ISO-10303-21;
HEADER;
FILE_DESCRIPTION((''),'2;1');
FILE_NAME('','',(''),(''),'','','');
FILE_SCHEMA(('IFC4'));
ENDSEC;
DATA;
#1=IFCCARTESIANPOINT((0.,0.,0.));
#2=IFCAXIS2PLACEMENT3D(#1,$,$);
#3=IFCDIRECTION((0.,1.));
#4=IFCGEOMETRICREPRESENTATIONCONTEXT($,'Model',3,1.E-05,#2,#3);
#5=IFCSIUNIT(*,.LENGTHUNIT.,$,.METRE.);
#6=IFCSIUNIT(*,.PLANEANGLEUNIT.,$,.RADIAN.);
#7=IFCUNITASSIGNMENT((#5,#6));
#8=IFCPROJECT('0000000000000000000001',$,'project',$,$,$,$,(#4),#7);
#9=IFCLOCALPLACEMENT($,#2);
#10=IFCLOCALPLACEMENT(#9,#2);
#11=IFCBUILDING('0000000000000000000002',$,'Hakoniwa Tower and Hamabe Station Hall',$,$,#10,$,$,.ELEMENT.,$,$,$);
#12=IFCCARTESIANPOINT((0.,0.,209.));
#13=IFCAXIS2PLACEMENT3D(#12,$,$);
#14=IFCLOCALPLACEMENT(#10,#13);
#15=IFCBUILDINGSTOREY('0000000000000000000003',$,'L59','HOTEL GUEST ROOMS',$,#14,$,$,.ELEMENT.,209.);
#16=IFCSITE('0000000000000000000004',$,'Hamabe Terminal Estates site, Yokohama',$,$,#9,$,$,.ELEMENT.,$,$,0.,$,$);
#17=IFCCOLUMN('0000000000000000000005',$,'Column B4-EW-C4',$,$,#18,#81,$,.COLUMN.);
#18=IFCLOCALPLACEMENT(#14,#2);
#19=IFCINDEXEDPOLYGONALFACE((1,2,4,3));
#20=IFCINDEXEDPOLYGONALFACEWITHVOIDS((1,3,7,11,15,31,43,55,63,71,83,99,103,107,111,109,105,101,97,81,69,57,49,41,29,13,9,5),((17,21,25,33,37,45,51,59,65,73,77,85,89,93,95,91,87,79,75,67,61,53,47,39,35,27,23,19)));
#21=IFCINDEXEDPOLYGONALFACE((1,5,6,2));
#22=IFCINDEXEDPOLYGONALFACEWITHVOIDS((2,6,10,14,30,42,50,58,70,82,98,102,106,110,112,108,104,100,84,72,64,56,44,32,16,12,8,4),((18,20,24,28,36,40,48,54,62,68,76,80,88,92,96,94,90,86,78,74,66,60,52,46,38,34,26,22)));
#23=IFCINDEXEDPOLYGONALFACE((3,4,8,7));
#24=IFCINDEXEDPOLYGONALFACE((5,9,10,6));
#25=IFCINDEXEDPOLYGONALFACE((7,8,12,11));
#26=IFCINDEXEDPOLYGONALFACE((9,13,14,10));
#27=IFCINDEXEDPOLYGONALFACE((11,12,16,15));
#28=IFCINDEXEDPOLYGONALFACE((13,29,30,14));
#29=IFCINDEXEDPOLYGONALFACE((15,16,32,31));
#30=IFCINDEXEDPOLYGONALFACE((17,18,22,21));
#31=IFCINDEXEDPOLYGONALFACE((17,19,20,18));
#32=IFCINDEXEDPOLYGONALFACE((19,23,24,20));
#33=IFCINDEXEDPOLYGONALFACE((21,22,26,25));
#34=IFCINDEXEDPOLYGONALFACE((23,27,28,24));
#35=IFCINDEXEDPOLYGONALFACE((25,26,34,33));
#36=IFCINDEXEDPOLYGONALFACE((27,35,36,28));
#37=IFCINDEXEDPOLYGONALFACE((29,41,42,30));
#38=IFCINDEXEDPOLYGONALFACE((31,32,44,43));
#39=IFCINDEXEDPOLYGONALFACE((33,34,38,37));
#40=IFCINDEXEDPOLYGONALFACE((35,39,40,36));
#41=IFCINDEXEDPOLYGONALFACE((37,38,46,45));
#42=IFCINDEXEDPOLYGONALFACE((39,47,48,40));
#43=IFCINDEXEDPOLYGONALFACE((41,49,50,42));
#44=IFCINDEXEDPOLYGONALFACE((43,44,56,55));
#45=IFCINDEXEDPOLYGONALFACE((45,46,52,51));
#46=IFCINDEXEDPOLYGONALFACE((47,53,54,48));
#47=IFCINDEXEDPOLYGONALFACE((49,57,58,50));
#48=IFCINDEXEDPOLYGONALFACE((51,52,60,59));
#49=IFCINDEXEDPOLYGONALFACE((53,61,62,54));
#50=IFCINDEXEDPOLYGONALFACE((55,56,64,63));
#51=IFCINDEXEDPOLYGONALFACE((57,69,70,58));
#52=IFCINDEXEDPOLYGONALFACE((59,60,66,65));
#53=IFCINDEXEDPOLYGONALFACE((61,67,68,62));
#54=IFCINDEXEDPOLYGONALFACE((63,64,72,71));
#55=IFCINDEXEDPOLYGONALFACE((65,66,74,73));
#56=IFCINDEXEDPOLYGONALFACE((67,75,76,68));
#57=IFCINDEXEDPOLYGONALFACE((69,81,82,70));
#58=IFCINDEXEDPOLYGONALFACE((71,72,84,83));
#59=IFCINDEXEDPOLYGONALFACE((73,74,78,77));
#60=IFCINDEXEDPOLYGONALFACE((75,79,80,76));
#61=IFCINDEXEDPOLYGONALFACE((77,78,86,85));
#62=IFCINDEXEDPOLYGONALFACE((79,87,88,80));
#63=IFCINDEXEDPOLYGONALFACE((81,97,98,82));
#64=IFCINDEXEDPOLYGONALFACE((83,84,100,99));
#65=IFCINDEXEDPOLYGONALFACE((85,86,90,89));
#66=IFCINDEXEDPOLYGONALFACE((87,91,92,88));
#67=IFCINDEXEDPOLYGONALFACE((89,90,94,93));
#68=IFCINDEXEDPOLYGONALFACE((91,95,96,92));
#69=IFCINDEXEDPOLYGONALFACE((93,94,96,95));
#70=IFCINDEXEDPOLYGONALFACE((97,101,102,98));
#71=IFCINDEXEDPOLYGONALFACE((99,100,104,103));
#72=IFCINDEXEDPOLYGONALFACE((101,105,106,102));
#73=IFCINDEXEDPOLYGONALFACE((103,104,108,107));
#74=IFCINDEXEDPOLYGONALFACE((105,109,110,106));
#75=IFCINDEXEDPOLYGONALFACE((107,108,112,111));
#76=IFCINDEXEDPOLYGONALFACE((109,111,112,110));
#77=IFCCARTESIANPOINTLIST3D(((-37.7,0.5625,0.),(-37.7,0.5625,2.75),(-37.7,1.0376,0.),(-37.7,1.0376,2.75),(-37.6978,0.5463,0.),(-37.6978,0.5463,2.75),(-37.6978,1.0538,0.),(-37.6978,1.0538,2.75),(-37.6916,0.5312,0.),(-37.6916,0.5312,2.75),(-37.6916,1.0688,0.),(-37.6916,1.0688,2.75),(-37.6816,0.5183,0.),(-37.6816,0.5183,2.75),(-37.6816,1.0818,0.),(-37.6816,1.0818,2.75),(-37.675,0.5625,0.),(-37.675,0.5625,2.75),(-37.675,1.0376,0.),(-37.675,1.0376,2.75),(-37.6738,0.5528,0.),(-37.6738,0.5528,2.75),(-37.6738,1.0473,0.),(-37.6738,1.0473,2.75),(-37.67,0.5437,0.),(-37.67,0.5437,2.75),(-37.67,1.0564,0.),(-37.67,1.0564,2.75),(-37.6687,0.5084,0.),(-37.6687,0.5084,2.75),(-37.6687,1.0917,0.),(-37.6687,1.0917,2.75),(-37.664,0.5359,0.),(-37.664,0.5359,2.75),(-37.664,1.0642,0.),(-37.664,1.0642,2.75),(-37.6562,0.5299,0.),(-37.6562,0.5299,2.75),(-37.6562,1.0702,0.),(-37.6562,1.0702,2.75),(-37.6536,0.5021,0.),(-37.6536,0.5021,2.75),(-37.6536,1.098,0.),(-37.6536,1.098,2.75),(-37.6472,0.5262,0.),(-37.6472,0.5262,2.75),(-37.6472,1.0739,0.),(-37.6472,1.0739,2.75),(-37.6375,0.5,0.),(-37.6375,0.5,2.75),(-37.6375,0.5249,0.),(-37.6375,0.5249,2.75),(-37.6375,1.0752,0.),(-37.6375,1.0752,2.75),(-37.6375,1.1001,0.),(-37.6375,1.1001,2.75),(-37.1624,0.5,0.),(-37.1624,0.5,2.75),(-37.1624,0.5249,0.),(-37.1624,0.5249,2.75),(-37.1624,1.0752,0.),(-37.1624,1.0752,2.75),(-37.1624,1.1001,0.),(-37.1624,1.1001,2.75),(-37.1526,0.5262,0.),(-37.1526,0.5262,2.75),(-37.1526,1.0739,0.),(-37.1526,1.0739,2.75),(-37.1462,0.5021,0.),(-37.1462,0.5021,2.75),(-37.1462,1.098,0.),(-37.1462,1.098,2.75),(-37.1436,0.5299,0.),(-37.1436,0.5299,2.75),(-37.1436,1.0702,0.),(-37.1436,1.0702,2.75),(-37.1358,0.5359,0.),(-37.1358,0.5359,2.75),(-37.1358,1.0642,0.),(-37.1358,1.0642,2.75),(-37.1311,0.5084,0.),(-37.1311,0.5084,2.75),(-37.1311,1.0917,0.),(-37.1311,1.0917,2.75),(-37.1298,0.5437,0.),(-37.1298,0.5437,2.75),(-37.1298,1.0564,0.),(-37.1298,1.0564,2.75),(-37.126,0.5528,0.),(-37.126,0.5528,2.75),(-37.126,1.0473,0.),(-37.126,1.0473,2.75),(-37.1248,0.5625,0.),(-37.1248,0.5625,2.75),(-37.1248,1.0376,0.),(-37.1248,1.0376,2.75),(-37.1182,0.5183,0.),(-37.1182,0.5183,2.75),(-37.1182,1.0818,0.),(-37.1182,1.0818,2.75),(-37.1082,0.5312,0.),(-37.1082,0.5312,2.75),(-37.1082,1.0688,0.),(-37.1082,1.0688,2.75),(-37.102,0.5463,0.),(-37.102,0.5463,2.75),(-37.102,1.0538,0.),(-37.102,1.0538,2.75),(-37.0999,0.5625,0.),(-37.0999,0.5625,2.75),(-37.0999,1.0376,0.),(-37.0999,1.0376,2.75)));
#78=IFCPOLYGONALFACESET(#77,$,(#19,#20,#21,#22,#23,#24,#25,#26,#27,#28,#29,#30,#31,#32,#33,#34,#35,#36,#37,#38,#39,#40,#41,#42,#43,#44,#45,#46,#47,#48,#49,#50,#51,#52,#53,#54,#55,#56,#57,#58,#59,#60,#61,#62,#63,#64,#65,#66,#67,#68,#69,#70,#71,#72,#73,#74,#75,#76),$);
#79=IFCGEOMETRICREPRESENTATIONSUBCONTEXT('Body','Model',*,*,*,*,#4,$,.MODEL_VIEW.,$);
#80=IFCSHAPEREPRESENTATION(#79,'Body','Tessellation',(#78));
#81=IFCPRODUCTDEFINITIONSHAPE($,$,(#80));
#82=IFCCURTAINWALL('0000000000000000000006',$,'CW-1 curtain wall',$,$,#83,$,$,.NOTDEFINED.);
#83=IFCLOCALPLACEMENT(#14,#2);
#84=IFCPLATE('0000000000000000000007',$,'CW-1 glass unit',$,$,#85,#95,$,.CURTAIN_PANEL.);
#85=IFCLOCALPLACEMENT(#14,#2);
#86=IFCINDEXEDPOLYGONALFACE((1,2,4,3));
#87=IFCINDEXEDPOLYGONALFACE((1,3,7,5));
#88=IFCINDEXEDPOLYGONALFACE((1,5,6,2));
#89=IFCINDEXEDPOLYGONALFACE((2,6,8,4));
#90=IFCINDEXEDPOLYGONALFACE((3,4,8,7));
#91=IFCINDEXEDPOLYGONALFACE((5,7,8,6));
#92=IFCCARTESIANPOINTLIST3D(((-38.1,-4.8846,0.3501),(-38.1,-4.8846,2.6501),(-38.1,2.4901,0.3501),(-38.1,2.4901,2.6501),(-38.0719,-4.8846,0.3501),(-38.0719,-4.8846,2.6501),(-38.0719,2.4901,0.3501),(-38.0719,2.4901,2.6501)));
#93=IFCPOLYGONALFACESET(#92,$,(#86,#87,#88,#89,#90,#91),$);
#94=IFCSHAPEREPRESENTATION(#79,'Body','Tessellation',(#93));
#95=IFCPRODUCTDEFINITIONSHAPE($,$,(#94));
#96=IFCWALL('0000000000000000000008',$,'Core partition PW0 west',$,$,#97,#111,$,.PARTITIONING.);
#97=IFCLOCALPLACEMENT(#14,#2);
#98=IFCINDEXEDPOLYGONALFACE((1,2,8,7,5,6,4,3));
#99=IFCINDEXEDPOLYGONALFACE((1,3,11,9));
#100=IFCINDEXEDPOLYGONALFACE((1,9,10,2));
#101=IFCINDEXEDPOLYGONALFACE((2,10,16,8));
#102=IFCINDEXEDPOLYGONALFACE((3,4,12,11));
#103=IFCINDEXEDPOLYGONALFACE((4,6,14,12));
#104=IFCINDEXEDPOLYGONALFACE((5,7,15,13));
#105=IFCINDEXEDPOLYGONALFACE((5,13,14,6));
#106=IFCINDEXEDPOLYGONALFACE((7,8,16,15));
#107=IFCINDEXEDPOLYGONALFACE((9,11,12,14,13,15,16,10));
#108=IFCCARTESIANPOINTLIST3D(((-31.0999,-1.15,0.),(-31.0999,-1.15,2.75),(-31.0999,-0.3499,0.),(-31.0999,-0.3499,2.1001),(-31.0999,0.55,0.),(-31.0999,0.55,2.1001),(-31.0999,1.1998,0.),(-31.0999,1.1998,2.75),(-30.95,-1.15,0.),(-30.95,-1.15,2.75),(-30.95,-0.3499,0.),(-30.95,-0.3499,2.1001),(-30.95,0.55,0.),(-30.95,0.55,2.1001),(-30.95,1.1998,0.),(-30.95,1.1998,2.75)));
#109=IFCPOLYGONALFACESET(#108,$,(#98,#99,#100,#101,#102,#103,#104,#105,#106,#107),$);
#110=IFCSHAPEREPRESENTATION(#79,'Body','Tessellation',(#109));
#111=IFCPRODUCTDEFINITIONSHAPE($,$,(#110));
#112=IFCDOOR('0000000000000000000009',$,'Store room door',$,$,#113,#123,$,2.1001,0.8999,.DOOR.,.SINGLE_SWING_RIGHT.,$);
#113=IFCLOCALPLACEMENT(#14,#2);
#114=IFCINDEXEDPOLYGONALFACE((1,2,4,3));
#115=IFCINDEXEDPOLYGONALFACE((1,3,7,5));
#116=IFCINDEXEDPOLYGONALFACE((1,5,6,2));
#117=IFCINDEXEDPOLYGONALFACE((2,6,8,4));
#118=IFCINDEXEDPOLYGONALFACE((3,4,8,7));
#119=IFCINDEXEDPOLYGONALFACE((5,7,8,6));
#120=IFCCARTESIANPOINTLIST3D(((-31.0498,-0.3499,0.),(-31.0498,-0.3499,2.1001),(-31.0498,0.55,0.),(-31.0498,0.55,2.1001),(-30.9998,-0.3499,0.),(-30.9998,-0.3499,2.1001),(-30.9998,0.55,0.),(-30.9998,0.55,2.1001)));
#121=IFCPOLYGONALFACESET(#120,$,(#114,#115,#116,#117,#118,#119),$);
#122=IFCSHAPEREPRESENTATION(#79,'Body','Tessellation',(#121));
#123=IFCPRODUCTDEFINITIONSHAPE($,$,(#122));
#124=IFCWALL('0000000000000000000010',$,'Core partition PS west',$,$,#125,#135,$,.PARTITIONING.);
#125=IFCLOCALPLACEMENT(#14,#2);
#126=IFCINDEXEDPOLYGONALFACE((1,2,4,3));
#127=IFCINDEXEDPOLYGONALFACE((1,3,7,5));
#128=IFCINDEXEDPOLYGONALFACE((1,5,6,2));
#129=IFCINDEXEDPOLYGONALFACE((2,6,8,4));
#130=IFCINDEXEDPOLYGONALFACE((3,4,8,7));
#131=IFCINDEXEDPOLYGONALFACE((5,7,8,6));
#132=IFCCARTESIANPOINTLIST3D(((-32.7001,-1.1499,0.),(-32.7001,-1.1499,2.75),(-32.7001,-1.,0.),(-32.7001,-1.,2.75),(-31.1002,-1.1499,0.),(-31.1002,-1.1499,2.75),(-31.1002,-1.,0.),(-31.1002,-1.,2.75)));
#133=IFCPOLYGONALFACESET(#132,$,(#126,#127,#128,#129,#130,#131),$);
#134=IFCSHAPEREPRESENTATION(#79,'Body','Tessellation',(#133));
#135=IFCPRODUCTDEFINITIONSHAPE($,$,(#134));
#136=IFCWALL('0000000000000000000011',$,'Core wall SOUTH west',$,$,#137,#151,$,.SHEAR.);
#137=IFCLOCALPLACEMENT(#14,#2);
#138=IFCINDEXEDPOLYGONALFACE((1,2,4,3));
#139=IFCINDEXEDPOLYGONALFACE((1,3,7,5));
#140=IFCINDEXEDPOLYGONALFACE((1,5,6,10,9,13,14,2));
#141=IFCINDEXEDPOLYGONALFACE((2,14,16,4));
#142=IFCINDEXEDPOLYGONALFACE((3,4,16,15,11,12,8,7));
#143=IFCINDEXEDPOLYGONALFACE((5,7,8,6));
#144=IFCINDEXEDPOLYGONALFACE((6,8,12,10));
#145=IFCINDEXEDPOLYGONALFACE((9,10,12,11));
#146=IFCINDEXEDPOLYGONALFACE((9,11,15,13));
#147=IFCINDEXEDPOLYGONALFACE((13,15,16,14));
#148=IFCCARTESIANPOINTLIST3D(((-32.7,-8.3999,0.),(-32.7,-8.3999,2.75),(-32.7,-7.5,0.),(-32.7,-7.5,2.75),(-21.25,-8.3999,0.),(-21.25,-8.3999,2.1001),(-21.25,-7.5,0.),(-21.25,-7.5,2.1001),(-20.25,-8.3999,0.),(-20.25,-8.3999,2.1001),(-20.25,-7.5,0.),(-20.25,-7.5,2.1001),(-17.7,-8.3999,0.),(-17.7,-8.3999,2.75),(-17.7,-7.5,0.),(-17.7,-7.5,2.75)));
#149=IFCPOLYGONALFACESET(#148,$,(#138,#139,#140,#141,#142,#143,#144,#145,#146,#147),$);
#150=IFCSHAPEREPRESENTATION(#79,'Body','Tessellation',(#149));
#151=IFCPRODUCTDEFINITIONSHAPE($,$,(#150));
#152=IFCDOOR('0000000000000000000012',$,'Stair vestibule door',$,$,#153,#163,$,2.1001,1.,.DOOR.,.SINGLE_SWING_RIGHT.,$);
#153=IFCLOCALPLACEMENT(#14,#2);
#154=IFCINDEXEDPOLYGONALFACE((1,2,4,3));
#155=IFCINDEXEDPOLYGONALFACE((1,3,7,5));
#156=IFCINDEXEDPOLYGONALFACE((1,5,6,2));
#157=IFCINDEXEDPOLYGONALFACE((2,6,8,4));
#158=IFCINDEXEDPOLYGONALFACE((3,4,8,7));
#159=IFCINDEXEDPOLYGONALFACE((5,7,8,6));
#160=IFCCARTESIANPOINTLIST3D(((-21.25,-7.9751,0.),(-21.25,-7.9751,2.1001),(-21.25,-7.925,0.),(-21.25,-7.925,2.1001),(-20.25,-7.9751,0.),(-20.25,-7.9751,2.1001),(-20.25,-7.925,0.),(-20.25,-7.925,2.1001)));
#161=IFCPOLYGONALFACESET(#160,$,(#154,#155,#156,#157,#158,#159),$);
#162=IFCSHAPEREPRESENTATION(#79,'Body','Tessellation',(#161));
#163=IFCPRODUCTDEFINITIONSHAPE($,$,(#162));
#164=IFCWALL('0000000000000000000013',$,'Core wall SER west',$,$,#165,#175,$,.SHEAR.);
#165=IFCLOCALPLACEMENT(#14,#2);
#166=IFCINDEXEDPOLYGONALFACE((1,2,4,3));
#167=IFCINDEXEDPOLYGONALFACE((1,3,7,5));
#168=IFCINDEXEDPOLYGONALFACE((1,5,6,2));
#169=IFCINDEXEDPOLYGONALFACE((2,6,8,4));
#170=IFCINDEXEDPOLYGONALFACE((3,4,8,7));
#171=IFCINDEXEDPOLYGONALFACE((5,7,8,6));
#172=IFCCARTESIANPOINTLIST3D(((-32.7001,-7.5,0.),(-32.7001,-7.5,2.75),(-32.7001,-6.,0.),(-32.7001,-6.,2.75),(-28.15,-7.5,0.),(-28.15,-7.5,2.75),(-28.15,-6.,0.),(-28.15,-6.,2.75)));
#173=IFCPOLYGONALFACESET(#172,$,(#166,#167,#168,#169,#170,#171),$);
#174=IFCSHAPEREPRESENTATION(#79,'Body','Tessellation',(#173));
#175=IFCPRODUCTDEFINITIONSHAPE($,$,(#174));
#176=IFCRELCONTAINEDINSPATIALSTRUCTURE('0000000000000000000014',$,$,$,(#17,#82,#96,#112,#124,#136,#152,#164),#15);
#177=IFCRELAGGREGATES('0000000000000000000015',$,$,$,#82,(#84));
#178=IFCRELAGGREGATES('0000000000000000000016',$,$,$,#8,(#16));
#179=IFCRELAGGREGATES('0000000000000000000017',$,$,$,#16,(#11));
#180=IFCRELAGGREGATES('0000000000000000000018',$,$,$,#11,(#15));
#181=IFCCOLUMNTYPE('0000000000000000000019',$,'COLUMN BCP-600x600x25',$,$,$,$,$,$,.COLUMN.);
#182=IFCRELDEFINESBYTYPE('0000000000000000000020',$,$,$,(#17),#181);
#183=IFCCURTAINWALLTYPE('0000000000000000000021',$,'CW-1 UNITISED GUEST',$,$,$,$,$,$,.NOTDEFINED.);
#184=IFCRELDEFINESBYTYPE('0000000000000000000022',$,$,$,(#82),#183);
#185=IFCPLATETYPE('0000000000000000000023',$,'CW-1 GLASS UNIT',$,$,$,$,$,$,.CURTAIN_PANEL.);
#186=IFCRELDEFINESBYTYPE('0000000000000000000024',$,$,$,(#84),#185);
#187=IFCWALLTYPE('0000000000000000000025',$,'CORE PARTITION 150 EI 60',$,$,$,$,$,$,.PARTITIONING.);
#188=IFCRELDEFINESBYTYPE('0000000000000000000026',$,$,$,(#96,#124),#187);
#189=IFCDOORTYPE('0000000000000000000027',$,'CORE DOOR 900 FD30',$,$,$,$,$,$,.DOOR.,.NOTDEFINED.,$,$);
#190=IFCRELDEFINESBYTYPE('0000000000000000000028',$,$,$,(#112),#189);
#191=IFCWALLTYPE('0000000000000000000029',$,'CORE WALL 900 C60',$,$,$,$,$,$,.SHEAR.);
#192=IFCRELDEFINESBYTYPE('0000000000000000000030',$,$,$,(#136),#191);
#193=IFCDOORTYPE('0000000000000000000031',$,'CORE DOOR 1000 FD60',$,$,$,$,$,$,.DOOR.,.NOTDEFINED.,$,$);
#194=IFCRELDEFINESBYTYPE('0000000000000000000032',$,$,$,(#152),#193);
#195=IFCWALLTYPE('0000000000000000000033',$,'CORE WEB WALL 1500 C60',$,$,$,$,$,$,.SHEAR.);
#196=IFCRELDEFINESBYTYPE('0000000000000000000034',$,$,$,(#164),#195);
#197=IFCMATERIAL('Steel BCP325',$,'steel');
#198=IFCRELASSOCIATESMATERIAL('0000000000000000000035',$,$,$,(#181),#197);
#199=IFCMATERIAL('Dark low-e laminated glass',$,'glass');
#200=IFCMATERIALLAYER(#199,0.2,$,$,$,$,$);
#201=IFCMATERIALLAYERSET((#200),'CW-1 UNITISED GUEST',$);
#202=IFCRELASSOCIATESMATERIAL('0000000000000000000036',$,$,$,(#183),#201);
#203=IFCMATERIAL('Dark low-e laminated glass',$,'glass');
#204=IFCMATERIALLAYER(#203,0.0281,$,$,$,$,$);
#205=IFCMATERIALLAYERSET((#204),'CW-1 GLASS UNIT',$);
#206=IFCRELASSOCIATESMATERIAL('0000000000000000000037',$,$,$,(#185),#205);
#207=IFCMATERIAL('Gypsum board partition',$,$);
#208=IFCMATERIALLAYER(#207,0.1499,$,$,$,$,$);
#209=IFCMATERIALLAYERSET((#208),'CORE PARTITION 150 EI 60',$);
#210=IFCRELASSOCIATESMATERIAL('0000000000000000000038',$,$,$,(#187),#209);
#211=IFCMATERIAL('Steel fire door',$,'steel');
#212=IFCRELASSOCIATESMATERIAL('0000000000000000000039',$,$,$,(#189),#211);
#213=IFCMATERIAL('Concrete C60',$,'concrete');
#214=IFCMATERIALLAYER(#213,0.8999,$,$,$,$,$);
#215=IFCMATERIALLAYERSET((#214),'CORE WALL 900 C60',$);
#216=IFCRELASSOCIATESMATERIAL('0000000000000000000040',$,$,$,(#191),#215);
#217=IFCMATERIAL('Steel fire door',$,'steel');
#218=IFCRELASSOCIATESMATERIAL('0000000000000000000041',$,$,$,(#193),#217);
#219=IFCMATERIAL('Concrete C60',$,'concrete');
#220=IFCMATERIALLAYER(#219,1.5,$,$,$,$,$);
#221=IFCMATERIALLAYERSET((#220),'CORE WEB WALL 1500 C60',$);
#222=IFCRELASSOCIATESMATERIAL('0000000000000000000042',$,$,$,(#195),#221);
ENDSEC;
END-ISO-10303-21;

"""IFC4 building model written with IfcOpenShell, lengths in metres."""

from ifc_helpers import new_model, si_unit, direction, frame, frame_2d, origin, origin_2d, place, context, subcontext, project, spatial, rectangle, hollow_rectangle, extrude, material, layer, layer_set, material_profile, profile_set, type_object, element, fill, aggregate, save


model = new_model("IFC4")

# Units and contexts
model_context = context("Model", 3, precision=1e-05, world=origin(), true_north=direction((0.0, 1.0)))
body_context = subcontext(model_context, "Body", "Model", "MODEL_VIEW")
ifc_project = project(units=[si_unit("LENGTHUNIT", "METRE"), si_unit("PLANEANGLEUNIT", "RADIAN")], contexts=[model_context])

# Site, building, storey
site_placement = place(None, origin())
site = spatial("IfcSite", under=ifc_project, at=site_placement, Name="Hamabe Terminal Estates site, Yokohama", CompositionType="ELEMENT", RefElevation=0.0)
building_placement = place(site_placement, origin())
building = spatial("IfcBuilding", under=site, at=building_placement, Name="Hakoniwa Tower and Hamabe Station Hall", CompositionType="ELEMENT")
storey_placement = place(building_placement, frame((0.0, 0.0, 209.0)))
storey = spatial("IfcBuildingStorey", under=building, at=storey_placement, Name="L59", Description="HOTEL GUEST ROOMS", CompositionType="ELEMENT", Elevation=209.0)

# Column
ifc_material_1 = material(Name="Steel BCP325", Category="steel")
ifc_material_profile = material_profile(ifc_material_1, hollow_rectangle(XDim=0.6001, YDim=0.6001, WallThickness=0.0249, InnerFilletRadius=0.0376, OuterFilletRadius=0.0625, at=origin_2d()), Name="BCP-600x600x25")
ifc_profile_set = profile_set([ifc_material_profile], Name="Steel BCP325")
column_type = type_object("IfcColumnType", Name="COLUMN BCP-600x600x25", PredefinedType="COLUMN", material=ifc_profile_set)
column_placement = place(storey_placement, frame((-37.3999, 0.8, 0.0), z_axis=(0.0, 0.0, 1.0), x_axis=(1.0, 0.0, 0.0)))
element("IfcColumn", 1, at=column_placement, inside=storey, type_object=column_type, Name="Column B4-EW-C4", PredefinedType="COLUMN", context=body_context, shape_type="SweptSolid", body=[
    extrude(hollow_rectangle(XDim=0.6001, YDim=0.6001, WallThickness=0.0249, InnerFilletRadius=0.0376, OuterFilletRadius=0.0625, at=origin_2d()), origin(), (0.0, 0.0, 1.0), 2.75),
])

# Curtain wall, plate
ifc_material_2 = material(Name="Dark low-e laminated glass", Category="glass")
ifc_layer_1 = layer(ifc_material_2, 0.2)
ifc_layer_set_1 = layer_set([ifc_layer_1], Name="CW-1 UNITISED GUEST")
curtain_wall_type = type_object("IfcCurtainWallType", Name="CW-1 UNITISED GUEST", PredefinedType="NOTDEFINED", material=ifc_layer_set_1)
curtain_wall_placement = place(storey_placement, origin())
curtain_wall = element("IfcCurtainWall", 2, at=curtain_wall_placement, inside=storey, type_object=curtain_wall_type, Name="CW-1 curtain wall", PredefinedType="NOTDEFINED")
ifc_material_3 = material(Name="Dark low-e laminated glass", Category="glass")
ifc_layer_2 = layer(ifc_material_3, 0.0281)
ifc_layer_set_2 = layer_set([ifc_layer_2], Name="CW-1 GLASS UNIT")
plate_type = type_object("IfcPlateType", Name="CW-1 GLASS UNIT", PredefinedType="CURTAIN_PANEL", material=ifc_layer_set_2)
plate_placement = place(storey_placement, frame((-38.0859, -1.1973, 0.3501), z_axis=(0.0, 0.0, 1.0), x_axis=(0.0, -1.0, 0.0)))
plate = element("IfcPlate", 3, at=plate_placement, type_object=plate_type, Name="CW-1 glass unit", PredefinedType="CURTAIN_PANEL", context=body_context, shape_type="SweptSolid", body=[
    extrude(rectangle(XDim=7.3748, YDim=0.0281, at=origin_2d()), origin(), (0.0, 0.0, 1.0), 2.3),
])
aggregate(curtain_wall, [plate])

# Wall, opening, door
ifc_material_4 = material(Name="Gypsum board partition")
ifc_layer_3 = layer(ifc_material_4, 0.1499)
ifc_layer_set_3 = layer_set([ifc_layer_3], Name="CORE PARTITION 150 EI 60")
wall_type_1 = type_object("IfcWallType", Name="CORE PARTITION 150 EI 60", PredefinedType="PARTITIONING", material=ifc_layer_set_3)
wall_1_placement = place(storey_placement, frame((-31.0249, -1.1499, 0.0), z_axis=(0.0, 0.0, 1.0), x_axis=(0.0, 1.0, 0.0)))
wall_1 = element("IfcWall", 4, at=wall_1_placement, inside=storey, type_object=wall_type_1, Name="Core partition PW0 west", PredefinedType="PARTITIONING", context=body_context, shape_type="SweptSolid", body=[
    extrude(rectangle(XDim=2.3499, YDim=0.1499, at=frame_2d((1.1748, 0.0))), origin(), (0.0, 0.0, 1.0), 2.75),
])
opening_1_placement = place(wall_1_placement, frame((0.8, 0.0, 0.0)))
opening_1 = element("IfcOpeningElement", 5, at=opening_1_placement, cuts=wall_1, PredefinedType="OPENING", context=body_context, shape_type="SweptSolid", body=[
    extrude(rectangle(XDim=0.8999, YDim=2.1001, at=frame_2d((0.45, 1.05))), frame((0.0, 0.085, 0.0), z_axis=(0.0, -1.0, 0.0), x_axis=(1.0, 0.0, 0.0)), (0.0, 0.0, 1.0), 0.1699),
])
ifc_material_5 = material(Name="Steel fire door", Category="steel")
door_type_1 = type_object("IfcDoorType", Name="CORE DOOR 900 FD30", OperationType="NOTDEFINED", PredefinedType="DOOR", material=ifc_material_5)
door_1_placement = place(opening_1_placement, origin())
door_1 = element("IfcDoor", 6, at=door_1_placement, inside=storey, type_object=door_type_1, Name="Store room door", OperationType="SINGLE_SWING_RIGHT", OverallHeight=2.1001, OverallWidth=0.8999, PredefinedType="DOOR", context=body_context, shape_type="SweptSolid", body=[
    extrude(rectangle(XDim=0.8999, YDim=2.1001, at=frame_2d((0.45, 1.05))), frame((0.0, 0.0249, 0.0), z_axis=(0.0, -1.0, 0.0), x_axis=(1.0, 0.0, 0.0)), (0.0, 0.0, 1.0), 0.05),
])
fill(opening_1, door_1)

# Wall
wall_2_placement = place(storey_placement, frame((-32.7, -1.075, 0.0), z_axis=(0.0, 0.0, 1.0), x_axis=(1.0, 0.0, 0.0)))
element("IfcWall", 7, at=wall_2_placement, inside=storey, type_object=wall_type_1, Name="Core partition PS west", PredefinedType="PARTITIONING", context=body_context, shape_type="SweptSolid", body=[
    extrude(rectangle(XDim=1.5999, YDim=0.1499, at=frame_2d((0.7998, 0.0))), origin(), (0.0, 0.0, 1.0), 2.75),
])

# Wall, opening, door
ifc_material_6 = material(Name="Concrete C60", Category="concrete")
ifc_layer_4 = layer(ifc_material_6, 0.8999)
ifc_layer_set_4 = layer_set([ifc_layer_4], Name="CORE WALL 900 C60")
wall_type_2 = type_object("IfcWallType", Name="CORE WALL 900 C60", PredefinedType="SHEAR", material=ifc_layer_set_4)
wall_3_placement = place(storey_placement, frame((-32.7, -7.95, 0.0), z_axis=(0.0, 0.0, 1.0), x_axis=(1.0, 0.0, 0.0)))
wall_3 = element("IfcWall", 8, at=wall_3_placement, inside=storey, type_object=wall_type_2, Name="Core wall SOUTH west", PredefinedType="SHEAR", context=body_context, shape_type="SweptSolid", body=[
    extrude(rectangle(XDim=15.0, YDim=0.8999, at=frame_2d((7.5, 0.0))), origin(), (0.0, 0.0, 1.0), 2.75),
])
opening_2_placement = place(wall_3_placement, frame((11.45, 0.0, 0.0)))
opening_2 = element("IfcOpeningElement", 9, at=opening_2_placement, cuts=wall_3, PredefinedType="OPENING", context=body_context, shape_type="SweptSolid", body=[
    extrude(rectangle(XDim=1.0, YDim=2.1001, at=frame_2d((0.5, 1.05))), frame((0.0, 0.46, 0.0), z_axis=(0.0, -1.0, 0.0), x_axis=(1.0, 0.0, 0.0)), (0.0, 0.0, 1.0), 0.9199),
])
ifc_material_7 = material(Name="Steel fire door", Category="steel")
door_type_2 = type_object("IfcDoorType", Name="CORE DOOR 1000 FD60", OperationType="NOTDEFINED", PredefinedType="DOOR", material=ifc_material_7)
door_2_placement = place(opening_2_placement, origin())
door_2 = element("IfcDoor", 10, at=door_2_placement, inside=storey, type_object=door_type_2, Name="Stair vestibule door", OperationType="SINGLE_SWING_RIGHT", OverallHeight=2.1001, OverallWidth=1.0, PredefinedType="DOOR", context=body_context, shape_type="SweptSolid", body=[
    extrude(rectangle(XDim=1.0, YDim=2.1001, at=frame_2d((0.5, 1.05))), frame((0.0, 0.0249, 0.0), z_axis=(0.0, -1.0, 0.0), x_axis=(1.0, 0.0, 0.0)), (0.0, 0.0, 1.0), 0.05),
])
fill(opening_2, door_2)

# Wall
ifc_material_8 = material(Name="Concrete C60", Category="concrete")
ifc_layer_5 = layer(ifc_material_8, 1.5)
ifc_layer_set_5 = layer_set([ifc_layer_5], Name="CORE WEB WALL 1500 C60")
wall_type_3 = type_object("IfcWallType", Name="CORE WEB WALL 1500 C60", PredefinedType="SHEAR", material=ifc_layer_set_5)
wall_4_placement = place(storey_placement, frame((-32.7, -6.75, 0.0), z_axis=(0.0, 0.0, 1.0), x_axis=(1.0, 0.0, 0.0)))
element("IfcWall", 11, at=wall_4_placement, inside=storey, type_object=wall_type_3, Name="Core wall SER west", PredefinedType="SHEAR", context=body_context, shape_type="SweptSolid", body=[
    extrude(rectangle(XDim=4.55, YDim=1.5, at=frame_2d((2.2749, 0.0))), origin(), (0.0, 0.0, 1.0), 2.75),
])

save(model, "model.ifc")
